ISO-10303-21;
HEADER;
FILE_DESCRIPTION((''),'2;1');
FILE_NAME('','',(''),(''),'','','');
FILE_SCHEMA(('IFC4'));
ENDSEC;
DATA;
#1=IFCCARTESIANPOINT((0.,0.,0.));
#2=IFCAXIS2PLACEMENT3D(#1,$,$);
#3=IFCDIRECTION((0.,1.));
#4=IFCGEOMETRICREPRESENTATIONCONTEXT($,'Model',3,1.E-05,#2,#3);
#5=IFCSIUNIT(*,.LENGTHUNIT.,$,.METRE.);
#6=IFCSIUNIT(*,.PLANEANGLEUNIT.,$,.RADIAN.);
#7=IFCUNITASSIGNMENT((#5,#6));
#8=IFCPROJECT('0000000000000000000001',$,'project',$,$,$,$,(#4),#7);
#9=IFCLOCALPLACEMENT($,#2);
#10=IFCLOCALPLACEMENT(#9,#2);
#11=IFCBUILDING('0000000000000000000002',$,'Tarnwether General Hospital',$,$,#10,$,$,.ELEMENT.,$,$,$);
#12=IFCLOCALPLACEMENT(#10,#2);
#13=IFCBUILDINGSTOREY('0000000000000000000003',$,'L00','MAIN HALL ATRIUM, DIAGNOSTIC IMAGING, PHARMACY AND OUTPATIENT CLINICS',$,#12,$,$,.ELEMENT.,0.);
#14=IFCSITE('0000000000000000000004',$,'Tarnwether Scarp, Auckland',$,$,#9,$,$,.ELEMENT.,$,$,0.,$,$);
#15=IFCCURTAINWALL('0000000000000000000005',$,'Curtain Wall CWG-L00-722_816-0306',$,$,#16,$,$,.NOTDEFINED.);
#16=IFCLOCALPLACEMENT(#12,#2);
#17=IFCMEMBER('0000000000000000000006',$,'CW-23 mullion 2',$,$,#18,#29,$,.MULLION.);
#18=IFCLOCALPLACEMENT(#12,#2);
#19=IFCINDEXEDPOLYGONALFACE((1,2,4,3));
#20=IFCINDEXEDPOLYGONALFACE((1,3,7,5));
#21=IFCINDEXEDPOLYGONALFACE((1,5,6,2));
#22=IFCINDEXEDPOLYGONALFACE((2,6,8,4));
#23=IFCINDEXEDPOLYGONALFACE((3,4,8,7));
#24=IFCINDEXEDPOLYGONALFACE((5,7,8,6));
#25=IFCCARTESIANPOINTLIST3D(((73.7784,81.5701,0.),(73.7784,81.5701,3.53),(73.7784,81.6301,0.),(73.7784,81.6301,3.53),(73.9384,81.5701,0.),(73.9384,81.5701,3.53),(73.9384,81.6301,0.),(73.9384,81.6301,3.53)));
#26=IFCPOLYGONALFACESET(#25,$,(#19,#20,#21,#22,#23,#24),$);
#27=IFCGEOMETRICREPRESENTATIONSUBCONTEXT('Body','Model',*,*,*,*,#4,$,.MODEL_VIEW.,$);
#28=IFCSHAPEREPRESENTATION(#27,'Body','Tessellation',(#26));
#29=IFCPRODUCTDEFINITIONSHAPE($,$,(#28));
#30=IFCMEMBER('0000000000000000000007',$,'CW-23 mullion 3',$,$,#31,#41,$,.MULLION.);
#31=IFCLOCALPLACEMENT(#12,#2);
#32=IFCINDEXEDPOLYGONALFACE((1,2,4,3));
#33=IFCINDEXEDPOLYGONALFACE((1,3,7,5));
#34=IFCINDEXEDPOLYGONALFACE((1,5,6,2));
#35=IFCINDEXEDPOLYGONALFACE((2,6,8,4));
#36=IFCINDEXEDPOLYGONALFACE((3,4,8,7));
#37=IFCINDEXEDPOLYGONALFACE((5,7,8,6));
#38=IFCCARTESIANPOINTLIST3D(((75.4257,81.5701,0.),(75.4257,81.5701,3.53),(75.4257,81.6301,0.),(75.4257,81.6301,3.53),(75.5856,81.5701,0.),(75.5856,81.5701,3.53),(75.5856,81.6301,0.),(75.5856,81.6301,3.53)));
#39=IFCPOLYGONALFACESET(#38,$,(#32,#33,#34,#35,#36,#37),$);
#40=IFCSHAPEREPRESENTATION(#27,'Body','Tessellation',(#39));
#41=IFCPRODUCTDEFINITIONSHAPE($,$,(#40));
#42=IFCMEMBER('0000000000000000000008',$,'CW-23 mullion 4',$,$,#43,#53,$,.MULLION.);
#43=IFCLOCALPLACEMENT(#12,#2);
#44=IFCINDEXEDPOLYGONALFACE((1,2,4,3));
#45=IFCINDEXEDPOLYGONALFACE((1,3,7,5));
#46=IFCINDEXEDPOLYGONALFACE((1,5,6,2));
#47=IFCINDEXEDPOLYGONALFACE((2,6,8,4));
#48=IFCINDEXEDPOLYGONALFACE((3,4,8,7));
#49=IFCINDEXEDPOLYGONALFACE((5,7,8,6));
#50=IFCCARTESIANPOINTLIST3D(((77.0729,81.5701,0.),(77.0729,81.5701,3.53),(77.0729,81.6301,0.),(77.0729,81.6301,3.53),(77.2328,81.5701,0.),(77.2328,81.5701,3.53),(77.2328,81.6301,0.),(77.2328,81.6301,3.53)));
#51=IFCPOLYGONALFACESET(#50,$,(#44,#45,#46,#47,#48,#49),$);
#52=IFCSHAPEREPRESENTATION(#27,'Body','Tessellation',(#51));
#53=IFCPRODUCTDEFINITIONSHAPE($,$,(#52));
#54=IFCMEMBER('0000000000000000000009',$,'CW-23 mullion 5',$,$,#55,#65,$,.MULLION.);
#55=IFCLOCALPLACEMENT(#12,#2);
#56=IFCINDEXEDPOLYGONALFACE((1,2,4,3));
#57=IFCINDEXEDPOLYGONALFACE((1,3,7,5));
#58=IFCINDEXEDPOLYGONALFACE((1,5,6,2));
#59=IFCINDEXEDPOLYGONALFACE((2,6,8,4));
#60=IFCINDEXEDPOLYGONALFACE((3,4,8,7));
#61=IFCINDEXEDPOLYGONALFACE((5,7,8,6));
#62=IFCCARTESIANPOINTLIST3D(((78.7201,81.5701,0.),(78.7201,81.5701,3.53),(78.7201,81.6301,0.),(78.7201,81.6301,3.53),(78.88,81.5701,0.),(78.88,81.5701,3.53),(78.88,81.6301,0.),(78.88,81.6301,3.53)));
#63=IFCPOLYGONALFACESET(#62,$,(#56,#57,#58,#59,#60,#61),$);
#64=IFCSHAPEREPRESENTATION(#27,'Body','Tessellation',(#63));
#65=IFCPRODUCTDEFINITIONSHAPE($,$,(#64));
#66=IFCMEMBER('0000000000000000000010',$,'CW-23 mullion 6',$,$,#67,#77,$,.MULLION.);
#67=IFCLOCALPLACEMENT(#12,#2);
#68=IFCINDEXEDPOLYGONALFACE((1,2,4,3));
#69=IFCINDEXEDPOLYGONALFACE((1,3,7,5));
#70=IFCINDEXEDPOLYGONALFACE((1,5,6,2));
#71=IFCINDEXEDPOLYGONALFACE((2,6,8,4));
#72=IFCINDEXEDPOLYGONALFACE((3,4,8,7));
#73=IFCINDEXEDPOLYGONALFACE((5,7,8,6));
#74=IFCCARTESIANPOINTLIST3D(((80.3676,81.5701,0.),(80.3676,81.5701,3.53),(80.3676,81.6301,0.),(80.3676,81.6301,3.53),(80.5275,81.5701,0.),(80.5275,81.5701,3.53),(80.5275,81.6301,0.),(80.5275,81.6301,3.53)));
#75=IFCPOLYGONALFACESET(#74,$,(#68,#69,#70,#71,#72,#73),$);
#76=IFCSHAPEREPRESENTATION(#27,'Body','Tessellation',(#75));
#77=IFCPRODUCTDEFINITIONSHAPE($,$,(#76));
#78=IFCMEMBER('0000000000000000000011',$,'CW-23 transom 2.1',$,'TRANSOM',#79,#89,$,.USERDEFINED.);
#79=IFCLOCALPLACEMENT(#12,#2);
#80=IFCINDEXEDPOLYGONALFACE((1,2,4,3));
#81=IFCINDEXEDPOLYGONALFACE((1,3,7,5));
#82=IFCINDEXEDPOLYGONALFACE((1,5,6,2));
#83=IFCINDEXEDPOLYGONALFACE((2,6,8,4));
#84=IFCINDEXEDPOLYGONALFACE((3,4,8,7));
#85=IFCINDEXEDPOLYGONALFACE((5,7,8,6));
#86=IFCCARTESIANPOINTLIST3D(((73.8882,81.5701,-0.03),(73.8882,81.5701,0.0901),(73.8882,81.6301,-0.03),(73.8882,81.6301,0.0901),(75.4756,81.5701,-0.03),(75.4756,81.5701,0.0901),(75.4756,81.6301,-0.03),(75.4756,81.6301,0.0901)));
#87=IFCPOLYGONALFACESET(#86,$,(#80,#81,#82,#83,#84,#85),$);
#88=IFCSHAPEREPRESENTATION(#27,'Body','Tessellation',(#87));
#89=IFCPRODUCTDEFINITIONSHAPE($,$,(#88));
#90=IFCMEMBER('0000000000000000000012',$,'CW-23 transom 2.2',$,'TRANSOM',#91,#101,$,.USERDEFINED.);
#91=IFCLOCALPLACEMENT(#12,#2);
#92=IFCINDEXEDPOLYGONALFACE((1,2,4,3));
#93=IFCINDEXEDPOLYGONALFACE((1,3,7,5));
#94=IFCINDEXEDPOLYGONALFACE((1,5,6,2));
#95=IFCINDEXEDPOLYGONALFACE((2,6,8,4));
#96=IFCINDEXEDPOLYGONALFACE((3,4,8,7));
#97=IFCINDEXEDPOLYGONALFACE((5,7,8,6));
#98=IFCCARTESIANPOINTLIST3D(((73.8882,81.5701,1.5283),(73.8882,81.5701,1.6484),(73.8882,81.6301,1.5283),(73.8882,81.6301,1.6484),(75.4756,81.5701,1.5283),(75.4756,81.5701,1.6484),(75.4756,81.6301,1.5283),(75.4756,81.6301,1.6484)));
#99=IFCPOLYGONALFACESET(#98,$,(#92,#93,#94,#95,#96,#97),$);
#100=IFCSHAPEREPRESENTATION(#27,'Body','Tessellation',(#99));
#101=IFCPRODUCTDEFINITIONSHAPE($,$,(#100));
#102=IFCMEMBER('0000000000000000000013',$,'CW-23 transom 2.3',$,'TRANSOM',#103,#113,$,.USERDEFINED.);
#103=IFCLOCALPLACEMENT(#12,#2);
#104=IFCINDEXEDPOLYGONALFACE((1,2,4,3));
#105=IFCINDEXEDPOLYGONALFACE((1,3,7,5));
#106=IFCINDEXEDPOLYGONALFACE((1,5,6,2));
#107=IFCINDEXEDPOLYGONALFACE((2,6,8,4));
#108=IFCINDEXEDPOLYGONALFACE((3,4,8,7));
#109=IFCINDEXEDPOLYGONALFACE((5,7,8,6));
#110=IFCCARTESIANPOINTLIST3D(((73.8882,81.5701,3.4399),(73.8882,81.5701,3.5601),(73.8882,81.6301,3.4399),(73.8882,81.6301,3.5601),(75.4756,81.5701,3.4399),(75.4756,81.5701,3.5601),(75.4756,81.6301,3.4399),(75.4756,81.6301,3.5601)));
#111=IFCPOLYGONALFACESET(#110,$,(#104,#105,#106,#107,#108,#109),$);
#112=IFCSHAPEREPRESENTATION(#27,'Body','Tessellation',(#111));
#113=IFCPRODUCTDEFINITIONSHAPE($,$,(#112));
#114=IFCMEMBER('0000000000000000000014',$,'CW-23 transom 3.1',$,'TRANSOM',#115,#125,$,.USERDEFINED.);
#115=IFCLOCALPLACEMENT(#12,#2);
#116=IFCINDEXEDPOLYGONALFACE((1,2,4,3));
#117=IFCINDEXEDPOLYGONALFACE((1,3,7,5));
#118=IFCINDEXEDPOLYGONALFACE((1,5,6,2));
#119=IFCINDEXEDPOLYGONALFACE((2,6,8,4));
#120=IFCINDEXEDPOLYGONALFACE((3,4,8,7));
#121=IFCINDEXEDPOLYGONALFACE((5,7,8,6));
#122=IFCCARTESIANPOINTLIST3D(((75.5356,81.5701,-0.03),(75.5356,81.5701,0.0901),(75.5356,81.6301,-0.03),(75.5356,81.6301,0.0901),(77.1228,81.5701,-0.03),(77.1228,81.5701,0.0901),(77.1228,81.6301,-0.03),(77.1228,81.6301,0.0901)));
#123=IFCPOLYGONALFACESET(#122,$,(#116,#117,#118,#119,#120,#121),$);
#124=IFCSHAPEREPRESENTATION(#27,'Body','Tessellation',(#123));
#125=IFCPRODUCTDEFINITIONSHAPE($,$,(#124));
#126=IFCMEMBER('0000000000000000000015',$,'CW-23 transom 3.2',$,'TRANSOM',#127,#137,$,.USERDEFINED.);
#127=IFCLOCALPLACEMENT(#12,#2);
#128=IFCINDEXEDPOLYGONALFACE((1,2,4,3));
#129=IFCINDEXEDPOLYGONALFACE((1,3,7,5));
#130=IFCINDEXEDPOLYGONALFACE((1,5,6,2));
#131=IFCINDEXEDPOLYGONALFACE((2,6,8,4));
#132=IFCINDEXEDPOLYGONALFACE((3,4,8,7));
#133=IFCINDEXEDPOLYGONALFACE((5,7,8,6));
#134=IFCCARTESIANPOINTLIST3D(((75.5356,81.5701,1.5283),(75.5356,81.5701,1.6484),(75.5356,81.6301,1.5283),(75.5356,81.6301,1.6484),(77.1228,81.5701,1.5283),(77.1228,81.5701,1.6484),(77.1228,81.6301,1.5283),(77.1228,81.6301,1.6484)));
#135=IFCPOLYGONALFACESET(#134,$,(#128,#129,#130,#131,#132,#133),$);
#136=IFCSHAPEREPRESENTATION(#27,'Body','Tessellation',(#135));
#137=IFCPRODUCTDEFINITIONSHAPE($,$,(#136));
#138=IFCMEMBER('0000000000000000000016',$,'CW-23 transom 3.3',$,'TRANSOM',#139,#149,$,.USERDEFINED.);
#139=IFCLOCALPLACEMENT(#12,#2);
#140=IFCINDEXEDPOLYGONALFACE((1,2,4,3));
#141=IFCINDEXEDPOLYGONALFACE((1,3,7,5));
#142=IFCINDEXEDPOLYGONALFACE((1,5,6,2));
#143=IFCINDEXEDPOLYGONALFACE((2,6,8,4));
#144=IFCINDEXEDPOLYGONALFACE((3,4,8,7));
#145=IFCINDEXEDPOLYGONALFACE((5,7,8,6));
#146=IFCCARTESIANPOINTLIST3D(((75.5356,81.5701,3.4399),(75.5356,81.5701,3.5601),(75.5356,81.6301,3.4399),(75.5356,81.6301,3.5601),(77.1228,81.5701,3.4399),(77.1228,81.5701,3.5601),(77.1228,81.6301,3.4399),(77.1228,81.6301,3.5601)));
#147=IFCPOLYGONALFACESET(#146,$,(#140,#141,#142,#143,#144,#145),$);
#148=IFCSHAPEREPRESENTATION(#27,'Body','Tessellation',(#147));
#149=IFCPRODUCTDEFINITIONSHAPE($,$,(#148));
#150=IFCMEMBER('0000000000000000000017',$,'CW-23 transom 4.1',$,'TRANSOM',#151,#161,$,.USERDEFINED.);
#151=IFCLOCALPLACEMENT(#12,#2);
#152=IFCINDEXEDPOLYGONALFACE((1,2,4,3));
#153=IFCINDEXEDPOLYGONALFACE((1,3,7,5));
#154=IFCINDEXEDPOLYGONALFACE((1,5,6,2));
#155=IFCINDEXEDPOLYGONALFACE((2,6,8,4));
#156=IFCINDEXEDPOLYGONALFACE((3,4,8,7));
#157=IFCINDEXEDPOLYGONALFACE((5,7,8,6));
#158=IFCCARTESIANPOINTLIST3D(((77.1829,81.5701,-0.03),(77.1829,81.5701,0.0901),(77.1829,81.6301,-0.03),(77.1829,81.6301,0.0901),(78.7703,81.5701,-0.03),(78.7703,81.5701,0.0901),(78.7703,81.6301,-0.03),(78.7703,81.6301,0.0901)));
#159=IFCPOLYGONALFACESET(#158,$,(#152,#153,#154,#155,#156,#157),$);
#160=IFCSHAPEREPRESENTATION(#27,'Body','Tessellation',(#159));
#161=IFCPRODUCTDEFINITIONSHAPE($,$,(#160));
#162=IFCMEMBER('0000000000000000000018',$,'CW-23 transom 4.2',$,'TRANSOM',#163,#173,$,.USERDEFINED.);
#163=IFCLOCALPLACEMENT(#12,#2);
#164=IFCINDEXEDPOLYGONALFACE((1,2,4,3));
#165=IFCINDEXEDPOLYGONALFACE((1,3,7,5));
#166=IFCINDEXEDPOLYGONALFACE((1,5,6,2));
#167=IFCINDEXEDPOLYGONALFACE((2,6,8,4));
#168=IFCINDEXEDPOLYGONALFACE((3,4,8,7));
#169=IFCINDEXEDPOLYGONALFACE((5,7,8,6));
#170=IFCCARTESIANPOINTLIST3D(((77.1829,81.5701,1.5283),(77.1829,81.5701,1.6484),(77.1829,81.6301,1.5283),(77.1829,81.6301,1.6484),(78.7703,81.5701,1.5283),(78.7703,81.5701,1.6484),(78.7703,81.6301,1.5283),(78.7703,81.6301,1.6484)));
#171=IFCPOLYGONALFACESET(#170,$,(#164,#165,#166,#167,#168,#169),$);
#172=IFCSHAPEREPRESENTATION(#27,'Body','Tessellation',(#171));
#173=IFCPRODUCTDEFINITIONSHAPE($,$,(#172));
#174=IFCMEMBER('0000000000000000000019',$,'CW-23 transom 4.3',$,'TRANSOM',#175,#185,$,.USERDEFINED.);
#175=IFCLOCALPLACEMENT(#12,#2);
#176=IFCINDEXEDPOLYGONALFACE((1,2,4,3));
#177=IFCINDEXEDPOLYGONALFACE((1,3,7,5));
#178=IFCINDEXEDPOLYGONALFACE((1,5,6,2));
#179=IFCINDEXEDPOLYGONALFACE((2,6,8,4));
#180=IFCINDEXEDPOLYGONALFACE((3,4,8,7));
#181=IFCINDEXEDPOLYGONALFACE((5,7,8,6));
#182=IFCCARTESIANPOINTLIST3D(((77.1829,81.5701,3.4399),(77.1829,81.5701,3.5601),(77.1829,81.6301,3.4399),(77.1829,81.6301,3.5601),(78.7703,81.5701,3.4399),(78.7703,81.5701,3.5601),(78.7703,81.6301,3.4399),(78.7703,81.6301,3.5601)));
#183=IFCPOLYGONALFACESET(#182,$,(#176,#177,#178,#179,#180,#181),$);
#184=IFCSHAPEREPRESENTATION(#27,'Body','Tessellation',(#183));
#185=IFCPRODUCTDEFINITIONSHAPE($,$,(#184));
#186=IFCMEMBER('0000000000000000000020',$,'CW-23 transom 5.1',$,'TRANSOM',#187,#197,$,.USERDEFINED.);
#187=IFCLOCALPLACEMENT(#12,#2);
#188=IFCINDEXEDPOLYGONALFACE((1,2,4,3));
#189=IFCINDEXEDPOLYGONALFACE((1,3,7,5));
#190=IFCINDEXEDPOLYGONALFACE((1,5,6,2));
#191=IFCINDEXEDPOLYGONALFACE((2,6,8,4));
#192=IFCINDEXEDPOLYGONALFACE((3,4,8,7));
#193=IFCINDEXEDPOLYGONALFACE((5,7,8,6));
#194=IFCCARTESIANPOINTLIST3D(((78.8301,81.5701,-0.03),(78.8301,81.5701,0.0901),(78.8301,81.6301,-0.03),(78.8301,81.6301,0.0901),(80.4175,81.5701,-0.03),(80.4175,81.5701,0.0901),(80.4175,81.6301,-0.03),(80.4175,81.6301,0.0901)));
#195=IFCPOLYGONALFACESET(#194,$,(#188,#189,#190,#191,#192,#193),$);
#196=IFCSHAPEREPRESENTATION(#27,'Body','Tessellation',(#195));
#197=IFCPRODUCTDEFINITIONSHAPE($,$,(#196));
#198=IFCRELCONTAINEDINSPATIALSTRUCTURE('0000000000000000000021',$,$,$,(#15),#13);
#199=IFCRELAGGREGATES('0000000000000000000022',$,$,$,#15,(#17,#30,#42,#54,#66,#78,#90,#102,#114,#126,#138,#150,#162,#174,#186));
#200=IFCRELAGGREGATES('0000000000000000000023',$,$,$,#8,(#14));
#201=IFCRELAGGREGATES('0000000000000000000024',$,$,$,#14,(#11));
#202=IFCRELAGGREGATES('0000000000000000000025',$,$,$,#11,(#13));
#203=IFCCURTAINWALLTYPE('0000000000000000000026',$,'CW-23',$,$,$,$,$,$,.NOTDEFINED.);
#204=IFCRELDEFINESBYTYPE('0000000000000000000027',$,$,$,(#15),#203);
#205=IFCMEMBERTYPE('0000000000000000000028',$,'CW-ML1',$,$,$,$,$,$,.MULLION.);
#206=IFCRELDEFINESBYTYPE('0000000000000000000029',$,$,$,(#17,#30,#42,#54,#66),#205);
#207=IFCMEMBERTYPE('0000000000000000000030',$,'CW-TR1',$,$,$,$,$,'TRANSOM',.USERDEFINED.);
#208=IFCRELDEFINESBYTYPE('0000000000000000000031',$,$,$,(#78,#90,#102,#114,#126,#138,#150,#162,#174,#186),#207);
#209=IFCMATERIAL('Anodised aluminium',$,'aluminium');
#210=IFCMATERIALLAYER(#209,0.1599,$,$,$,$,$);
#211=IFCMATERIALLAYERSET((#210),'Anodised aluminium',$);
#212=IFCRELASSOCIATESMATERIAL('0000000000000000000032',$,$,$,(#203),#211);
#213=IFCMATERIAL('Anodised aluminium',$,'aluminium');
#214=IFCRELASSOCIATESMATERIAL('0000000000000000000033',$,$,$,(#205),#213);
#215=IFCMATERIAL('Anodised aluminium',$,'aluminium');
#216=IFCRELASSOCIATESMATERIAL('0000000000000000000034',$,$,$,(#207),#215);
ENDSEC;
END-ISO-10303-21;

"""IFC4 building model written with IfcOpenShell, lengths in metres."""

from ifc_helpers import new_model, si_unit, direction, frame, origin, origin_2d, place, context, subcontext, project, spatial, rectangle, extrude, material, layer, layer_set, material_profile, profile_set, type_object, element, aggregate, save


model = new_model("IFC4")

# Units and contexts
model_context = context("Model", 3, precision=1e-05, world=origin(), true_north=direction((0.0, 1.0)))
body_context = subcontext(model_context, "Body", "Model", "MODEL_VIEW")
ifc_project = project(units=[si_unit("LENGTHUNIT", "METRE"), si_unit("PLANEANGLEUNIT", "RADIAN")], contexts=[model_context])

# Site, building, storey
site_placement = place(None, origin())
site = spatial("IfcSite", under=ifc_project, at=site_placement, Name="Tarnwether Scarp, Auckland", CompositionType="ELEMENT", RefElevation=0.0)
building_placement = place(site_placement, origin())
building = spatial("IfcBuilding", under=site, at=building_placement, Name="Tarnwether General Hospital", CompositionType="ELEMENT")
storey_placement = place(building_placement, origin())
storey = spatial("IfcBuildingStorey", under=building, at=storey_placement, Name="L00", Description="MAIN HALL ATRIUM, DIAGNOSTIC IMAGING, PHARMACY AND OUTPATIENT CLINICS", CompositionType="ELEMENT", Elevation=0.0)

# Curtain wall, members
ifc_material_1 = material(Name="Anodised aluminium", Category="aluminium")
ifc_layer_1 = layer(ifc_material_1, 0.1599)
ifc_layer_set_1 = layer_set([ifc_layer_1], Name="Anodised aluminium")
curtain_wall_type = type_object("IfcCurtainWallType", Name="CW-23", PredefinedType="NOTDEFINED", material=ifc_layer_set_1)
curtain_wall_placement = place(storey_placement, origin())
curtain_wall = element("IfcCurtainWall", 1, at=curtain_wall_placement, inside=storey, type_object=curtain_wall_type, Name="Curtain Wall CWG-L00-722_816-0306", PredefinedType="NOTDEFINED")
ifc_material_2 = material(Name="Anodised aluminium", Category="aluminium")
ifc_material_profile_1 = material_profile(ifc_material_2, rectangle(XDim=0.0601, YDim=0.1599, at=origin_2d()), Name="ALU-MUL-60x160")
ifc_profile_set_1 = profile_set([ifc_material_profile_1], Name="Anodised aluminium")
member_type_1 = type_object("IfcMemberType", Name="CW-ML1", PredefinedType="MULLION", material=ifc_profile_set_1)
member_1_placement = place(storey_placement, frame((73.8584, 81.6001, 0.0), z_axis=(0.0, 0.0, 1.0), x_axis=(0.0, 1.0, 0.0)))
member_1 = element("IfcMember", 2, at=member_1_placement, type_object=member_type_1, Name="CW-23 mullion 2", PredefinedType="MULLION", context=body_context, shape_type="SweptSolid", body=[
    extrude(rectangle(XDim=0.0601, YDim=0.1599, at=origin_2d()), origin(), (0.0, 0.0, 1.0), 3.53),
])
member_2_placement = place(storey_placement, frame((75.5056, 81.6001, 0.0), z_axis=(0.0, 0.0, 1.0), x_axis=(0.0, 1.0, 0.0)))
member_2 = element("IfcMember", 3, at=member_2_placement, type_object=member_type_1, Name="CW-23 mullion 3", PredefinedType="MULLION", context=body_context, shape_type="SweptSolid", body=[
    extrude(rectangle(XDim=0.0601, YDim=0.1599, at=origin_2d()), origin(), (0.0, 0.0, 1.0), 3.53),
])
member_3_placement = place(storey_placement, frame((77.1528, 81.6001, 0.0), z_axis=(0.0, 0.0, 1.0), x_axis=(0.0, 1.0, 0.0)))
member_3 = element("IfcMember", 4, at=member_3_placement, type_object=member_type_1, Name="CW-23 mullion 4", PredefinedType="MULLION", context=body_context, shape_type="SweptSolid", body=[
    extrude(rectangle(XDim=0.0601, YDim=0.1599, at=origin_2d()), origin(), (0.0, 0.0, 1.0), 3.53),
])
member_4_placement = place(storey_placement, frame((78.8, 81.6001, 0.0), z_axis=(0.0, 0.0, 1.0), x_axis=(0.0, 1.0, 0.0)))
member_4 = element("IfcMember", 5, at=member_4_placement, type_object=member_type_1, Name="CW-23 mullion 5", PredefinedType="MULLION", context=body_context, shape_type="SweptSolid", body=[
    extrude(rectangle(XDim=0.0601, YDim=0.1599, at=origin_2d()), origin(), (0.0, 0.0, 1.0), 3.53),
])
member_5_placement = place(storey_placement, frame((80.4475, 81.6001, 0.0), z_axis=(0.0, 0.0, 1.0), x_axis=(0.0, 1.0, 0.0)))
member_5 = element("IfcMember", 6, at=member_5_placement, type_object=member_type_1, Name="CW-23 mullion 6", PredefinedType="MULLION", context=body_context, shape_type="SweptSolid", body=[
    extrude(rectangle(XDim=0.0601, YDim=0.1599, at=origin_2d()), origin(), (0.0, 0.0, 1.0), 3.53),
])
ifc_material_3 = material(Name="Anodised aluminium", Category="aluminium")
ifc_material_profile_2 = material_profile(ifc_material_3, rectangle(XDim=0.0601, YDim=0.1201, at=origin_2d()), Name="ALU-TRN-60x120")
ifc_profile_set_2 = profile_set([ifc_material_profile_2], Name="Anodised aluminium")
member_type_2 = type_object("IfcMemberType", Name="CW-TR1", ElementType="TRANSOM", PredefinedType="USERDEFINED", material=ifc_profile_set_2)
member_6_placement = place(storey_placement, frame((73.8882, 81.6001, 0.03), z_axis=(1.0, 0.0, 0.0), x_axis=(0.0, 1.0, 0.0)))
member_6 = element("IfcMember", 7, at=member_6_placement, type_object=member_type_2, Name="CW-23 transom 2.1", ObjectType="TRANSOM", PredefinedType="USERDEFINED", context=body_context, shape_type="SweptSolid", body=[
    extrude(rectangle(XDim=0.0601, YDim=0.1201, at=origin_2d()), origin(), (0.0, 0.0, 1.0), 1.5874),
])
member_7_placement = place(storey_placement, frame((73.8882, 81.6001, 1.5884), z_axis=(1.0, 0.0, 0.0), x_axis=(0.0, 1.0, 0.0)))
member_7 = element("IfcMember", 8, at=member_7_placement, type_object=member_type_2, Name="CW-23 transom 2.2", ObjectType="TRANSOM", PredefinedType="USERDEFINED", context=body_context, shape_type="SweptSolid", body=[
    extrude(rectangle(XDim=0.0601, YDim=0.1201, at=origin_2d()), origin(), (0.0, 0.0, 1.0), 1.5874),
])
member_8_placement = place(storey_placement, frame((73.8882, 81.6001, 3.5), z_axis=(1.0, 0.0, 0.0), x_axis=(0.0, 1.0, 0.0)))
member_8 = element("IfcMember", 9, at=member_8_placement, type_object=member_type_2, Name="CW-23 transom 2.3", ObjectType="TRANSOM", PredefinedType="USERDEFINED", context=body_context, shape_type="SweptSolid", body=[
    extrude(rectangle(XDim=0.0601, YDim=0.1201, at=origin_2d()), origin(), (0.0, 0.0, 1.0), 1.5874),
])
member_9_placement = place(storey_placement, frame((75.5356, 81.6001, 0.03), z_axis=(1.0, 0.0, 0.0), x_axis=(0.0, 1.0, 0.0)))
member_9 = element("IfcMember", 10, at=member_9_placement, type_object=member_type_2, Name="CW-23 transom 3.1", ObjectType="TRANSOM", PredefinedType="USERDEFINED", context=body_context, shape_type="SweptSolid", body=[
    extrude(rectangle(XDim=0.0601, YDim=0.1201, at=origin_2d()), origin(), (0.0, 0.0, 1.0), 1.5872),
])
member_10_placement = place(storey_placement, frame((75.5356, 81.6001, 1.5884), z_axis=(1.0, 0.0, 0.0), x_axis=(0.0, 1.0, 0.0)))
member_10 = element("IfcMember", 11, at=member_10_placement, type_object=member_type_2, Name="CW-23 transom 3.2", ObjectType="TRANSOM", PredefinedType="USERDEFINED", context=body_context, shape_type="SweptSolid", body=[
    extrude(rectangle(XDim=0.0601, YDim=0.1201, at=origin_2d()), origin(), (0.0, 0.0, 1.0), 1.5872),
])
member_11_placement = place(storey_placement, frame((75.5356, 81.6001, 3.5), z_axis=(1.0, 0.0, 0.0), x_axis=(0.0, 1.0, 0.0)))
member_11 = element("IfcMember", 12, at=member_11_placement, type_object=member_type_2, Name="CW-23 transom 3.3", ObjectType="TRANSOM", PredefinedType="USERDEFINED", context=body_context, shape_type="SweptSolid", body=[
    extrude(rectangle(XDim=0.0601, YDim=0.1201, at=origin_2d()), origin(), (0.0, 0.0, 1.0), 1.5872),
])
member_12_placement = place(storey_placement, frame((77.1829, 81.6001, 0.03), z_axis=(1.0, 0.0, 0.0), x_axis=(0.0, 1.0, 0.0)))
member_12 = element("IfcMember", 13, at=member_12_placement, type_object=member_type_2, Name="CW-23 transom 4.1", ObjectType="TRANSOM", PredefinedType="USERDEFINED", context=body_context, shape_type="SweptSolid", body=[
    extrude(rectangle(XDim=0.0601, YDim=0.1201, at=origin_2d()), origin(), (0.0, 0.0, 1.0), 1.5874),
])
member_13_placement = place(storey_placement, frame((77.1829, 81.6001, 1.5884), z_axis=(1.0, 0.0, 0.0), x_axis=(0.0, 1.0, 0.0)))
member_13 = element("IfcMember", 14, at=member_13_placement, type_object=member_type_2, Name="CW-23 transom 4.2", ObjectType="TRANSOM", PredefinedType="USERDEFINED", context=body_context, shape_type="SweptSolid", body=[
    extrude(rectangle(XDim=0.0601, YDim=0.1201, at=origin_2d()), origin(), (0.0, 0.0, 1.0), 1.5874),
])
member_14_placement = place(storey_placement, frame((77.1829, 81.6001, 3.5), z_axis=(1.0, 0.0, 0.0), x_axis=(0.0, 1.0, 0.0)))
member_14 = element("IfcMember", 15, at=member_14_placement, type_object=member_type_2, Name="CW-23 transom 4.3", ObjectType="TRANSOM", PredefinedType="USERDEFINED", context=body_context, shape_type="SweptSolid", body=[
    extrude(rectangle(XDim=0.0601, YDim=0.1201, at=origin_2d()), origin(), (0.0, 0.0, 1.0), 1.5874),
])
member_15_placement = place(storey_placement, frame((78.8301, 81.6001, 0.03), z_axis=(1.0, 0.0, 0.0), x_axis=(0.0, 1.0, 0.0)))
member_15 = element("IfcMember", 16, at=member_15_placement, type_object=member_type_2, Name="CW-23 transom 5.1", ObjectType="TRANSOM", PredefinedType="USERDEFINED", context=body_context, shape_type="SweptSolid", body=[
    extrude(rectangle(XDim=0.0601, YDim=0.1201, at=origin_2d()), origin(), (0.0, 0.0, 1.0), 1.5874),
])
aggregate(curtain_wall, [member_1, member_2, member_3, member_4, member_5, member_6, member_7, member_8, member_9, member_10, member_11, member_12, member_13, member_14, member_15])

save(model, "model.ifc")
